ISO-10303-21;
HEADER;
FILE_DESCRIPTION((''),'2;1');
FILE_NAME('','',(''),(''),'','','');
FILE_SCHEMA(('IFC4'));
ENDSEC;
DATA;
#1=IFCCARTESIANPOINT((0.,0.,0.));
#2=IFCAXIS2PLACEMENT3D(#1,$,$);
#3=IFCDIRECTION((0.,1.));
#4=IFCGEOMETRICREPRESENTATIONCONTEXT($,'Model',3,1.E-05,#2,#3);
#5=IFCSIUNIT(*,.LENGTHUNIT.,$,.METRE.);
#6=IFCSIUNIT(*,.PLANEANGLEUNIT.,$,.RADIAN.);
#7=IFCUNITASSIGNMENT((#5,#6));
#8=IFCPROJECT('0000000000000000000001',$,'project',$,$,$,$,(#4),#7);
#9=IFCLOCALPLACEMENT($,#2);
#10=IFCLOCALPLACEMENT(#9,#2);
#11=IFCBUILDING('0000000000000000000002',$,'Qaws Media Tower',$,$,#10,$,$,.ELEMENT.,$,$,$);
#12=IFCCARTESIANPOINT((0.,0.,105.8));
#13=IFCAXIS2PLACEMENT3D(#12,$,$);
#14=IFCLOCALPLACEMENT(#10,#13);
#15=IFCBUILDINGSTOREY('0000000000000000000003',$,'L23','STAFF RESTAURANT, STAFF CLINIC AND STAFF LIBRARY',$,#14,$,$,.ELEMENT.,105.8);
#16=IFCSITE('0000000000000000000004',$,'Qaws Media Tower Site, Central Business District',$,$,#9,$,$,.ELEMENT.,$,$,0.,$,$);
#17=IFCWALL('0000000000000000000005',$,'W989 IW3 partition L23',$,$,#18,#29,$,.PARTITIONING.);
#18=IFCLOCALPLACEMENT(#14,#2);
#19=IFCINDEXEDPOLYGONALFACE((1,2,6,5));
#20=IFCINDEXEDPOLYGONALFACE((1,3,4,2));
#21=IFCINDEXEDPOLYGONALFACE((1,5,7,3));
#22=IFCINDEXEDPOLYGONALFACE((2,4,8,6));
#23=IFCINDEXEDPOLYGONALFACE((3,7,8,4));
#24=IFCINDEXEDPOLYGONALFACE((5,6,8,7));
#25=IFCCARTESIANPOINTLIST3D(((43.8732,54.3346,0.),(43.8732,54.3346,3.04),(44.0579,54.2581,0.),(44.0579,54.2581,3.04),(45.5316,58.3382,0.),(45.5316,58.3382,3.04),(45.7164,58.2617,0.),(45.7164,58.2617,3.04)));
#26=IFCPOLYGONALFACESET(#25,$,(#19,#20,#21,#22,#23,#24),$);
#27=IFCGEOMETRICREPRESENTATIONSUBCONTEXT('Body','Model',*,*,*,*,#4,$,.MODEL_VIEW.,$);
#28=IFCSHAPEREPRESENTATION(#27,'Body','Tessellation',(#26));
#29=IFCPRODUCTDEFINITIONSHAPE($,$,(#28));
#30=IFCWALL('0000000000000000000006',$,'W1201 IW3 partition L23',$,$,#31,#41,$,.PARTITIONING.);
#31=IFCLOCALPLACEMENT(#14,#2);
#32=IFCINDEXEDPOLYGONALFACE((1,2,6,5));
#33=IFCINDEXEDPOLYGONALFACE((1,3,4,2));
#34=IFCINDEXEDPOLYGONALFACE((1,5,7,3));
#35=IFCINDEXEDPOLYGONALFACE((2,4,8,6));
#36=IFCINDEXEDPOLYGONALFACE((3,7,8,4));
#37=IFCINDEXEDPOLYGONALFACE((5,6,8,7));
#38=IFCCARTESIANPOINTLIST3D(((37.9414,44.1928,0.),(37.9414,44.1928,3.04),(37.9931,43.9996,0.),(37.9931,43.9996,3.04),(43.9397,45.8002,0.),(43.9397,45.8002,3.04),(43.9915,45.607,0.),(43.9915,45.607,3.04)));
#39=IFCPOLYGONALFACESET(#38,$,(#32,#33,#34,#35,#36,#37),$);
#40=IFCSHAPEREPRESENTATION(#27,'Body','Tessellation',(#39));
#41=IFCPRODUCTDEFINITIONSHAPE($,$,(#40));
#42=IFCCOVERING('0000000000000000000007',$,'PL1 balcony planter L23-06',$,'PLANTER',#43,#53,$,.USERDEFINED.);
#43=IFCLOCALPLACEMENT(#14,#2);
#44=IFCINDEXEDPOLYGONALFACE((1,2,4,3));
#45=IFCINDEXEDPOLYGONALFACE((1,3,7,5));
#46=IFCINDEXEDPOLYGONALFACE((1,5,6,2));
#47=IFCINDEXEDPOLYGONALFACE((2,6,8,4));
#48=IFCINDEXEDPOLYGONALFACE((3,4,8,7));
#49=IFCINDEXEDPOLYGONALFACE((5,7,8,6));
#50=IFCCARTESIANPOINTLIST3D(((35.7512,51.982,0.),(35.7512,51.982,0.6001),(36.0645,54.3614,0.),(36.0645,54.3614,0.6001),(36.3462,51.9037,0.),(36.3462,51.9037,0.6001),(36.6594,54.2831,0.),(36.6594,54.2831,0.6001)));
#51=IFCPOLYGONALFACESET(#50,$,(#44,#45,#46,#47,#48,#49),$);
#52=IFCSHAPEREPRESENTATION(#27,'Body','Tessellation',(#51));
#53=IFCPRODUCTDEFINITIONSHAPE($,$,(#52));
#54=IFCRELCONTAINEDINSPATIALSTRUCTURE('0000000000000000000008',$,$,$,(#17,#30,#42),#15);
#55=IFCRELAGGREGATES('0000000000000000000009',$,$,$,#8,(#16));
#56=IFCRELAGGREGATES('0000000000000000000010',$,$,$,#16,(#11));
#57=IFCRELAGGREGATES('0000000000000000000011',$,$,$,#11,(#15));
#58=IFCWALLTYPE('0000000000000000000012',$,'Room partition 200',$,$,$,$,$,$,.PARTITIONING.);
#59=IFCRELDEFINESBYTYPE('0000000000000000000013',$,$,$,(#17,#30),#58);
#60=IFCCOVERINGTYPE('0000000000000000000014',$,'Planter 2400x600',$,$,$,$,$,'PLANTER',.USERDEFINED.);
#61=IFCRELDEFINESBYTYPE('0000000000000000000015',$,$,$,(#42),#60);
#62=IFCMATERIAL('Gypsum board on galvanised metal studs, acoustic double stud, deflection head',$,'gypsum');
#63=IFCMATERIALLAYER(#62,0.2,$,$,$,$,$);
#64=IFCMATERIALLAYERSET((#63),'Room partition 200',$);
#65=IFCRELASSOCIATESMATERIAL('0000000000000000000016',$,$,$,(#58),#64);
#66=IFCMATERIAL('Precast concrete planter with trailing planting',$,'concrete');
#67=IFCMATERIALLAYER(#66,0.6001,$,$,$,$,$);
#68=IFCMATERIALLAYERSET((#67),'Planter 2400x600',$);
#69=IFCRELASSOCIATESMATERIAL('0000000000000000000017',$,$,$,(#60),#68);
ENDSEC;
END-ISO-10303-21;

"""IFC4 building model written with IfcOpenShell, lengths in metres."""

from ifc_helpers import new_model, si_unit, direction, frame, frame_2d, origin, origin_2d, place, context, subcontext, project, spatial, rectangle, extrude, material, layer, layer_set, type_object, element, save


model = new_model("IFC4")

# Units and contexts
model_context = context("Model", 3, precision=1e-05, world=origin(), true_north=direction((0.0, 1.0)))
body_context = subcontext(model_context, "Body", "Model", "MODEL_VIEW")
ifc_project = project(units=[si_unit("LENGTHUNIT", "METRE"), si_unit("PLANEANGLEUNIT", "RADIAN")], contexts=[model_context])

# Site, building, storey
site_placement = place(None, origin())
site = spatial("IfcSite", under=ifc_project, at=site_placement, Name="Qaws Media Tower Site, Central Business District", CompositionType="ELEMENT", RefElevation=0.0)
building_placement = place(site_placement, origin())
building = spatial("IfcBuilding", under=site, at=building_placement, Name="Qaws Media Tower", CompositionType="ELEMENT")
storey_placement = place(building_placement, frame((0.0, 0.0, 105.8)))
storey = spatial("IfcBuildingStorey", under=building, at=storey_placement, Name="L23", Description="STAFF RESTAURANT, STAFF CLINIC AND STAFF LIBRARY", CompositionType="ELEMENT", Elevation=105.8)

# Shared definitions
ifc_material_1 = material(Name="Gypsum board on galvanised metal studs, acoustic double stud, deflection head", Category="gypsum")
ifc_layer_1 = layer(ifc_material_1, 0.2)
ifc_layer_set_1 = layer_set([ifc_layer_1], Name="Room partition 200")
wall_type_1 = type_object("IfcWallType", Name="Room partition 200", PredefinedType="PARTITIONING", material=ifc_layer_set_1)

# Walls
wall_1_placement = place(storey_placement, frame((43.9656, 54.2964, 0.0), z_axis=(0.0, 0.0, 1.0), x_axis=(0.382698, 0.923873, 0.0)))
element("IfcWall", 1, at=wall_1_placement, inside=storey, type_object=wall_type_1, Name="W989 IW3 partition L23", PredefinedType="PARTITIONING", context=body_context, shape_type="SweptSolid", body=[
    extrude(rectangle(XDim=4.3335, YDim=0.2, at=frame_2d((2.1667, 0.0))), origin(), (0.0, 0.0, 1.0), 3.04),
])
wall_2_placement = place(storey_placement, frame((43.9656, 45.7036, 0.0), z_axis=(0.0, 0.0, 1.0), x_axis=(-0.965918, -0.258847, 0.0)))
element("IfcWall", 2, at=wall_2_placement, inside=storey, type_object=wall_type_1, Name="W1201 IW3 partition L23", PredefinedType="PARTITIONING", context=body_context, shape_type="SweptSolid", body=[
    extrude(rectangle(XDim=6.21, YDim=0.2, at=frame_2d((3.105, 0.0))), origin(), (0.0, 0.0, 1.0), 3.04),
])

# Covering
ifc_material_2 = material(Name="Precast concrete planter with trailing planting", Category="concrete")
ifc_layer_2 = layer(ifc_material_2, 0.6001)
ifc_layer_set_2 = layer_set([ifc_layer_2], Name="Planter 2400x600")
covering_type = type_object("IfcCoveringType", Name="Planter 2400x600", ElementType="PLANTER", PredefinedType="USERDEFINED", material=ifc_layer_set_2)
covering_placement = place(storey_placement, frame((36.2053, 53.1326, 0.0), z_axis=(0.0, 0.0, 1.0), x_axis=(-0.130526, -0.991445, 0.0)))
element("IfcCovering", 3, at=covering_placement, inside=storey, type_object=covering_type, Name="PL1 balcony planter L23-06", ObjectType="PLANTER", PredefinedType="USERDEFINED", context=body_context, shape_type="SweptSolid", body=[
    extrude(rectangle(XDim=2.3999, YDim=0.6001, at=origin_2d()), origin(), (0.0, 0.0, 1.0), 0.6001),
])

save(model, "model.ifc")
